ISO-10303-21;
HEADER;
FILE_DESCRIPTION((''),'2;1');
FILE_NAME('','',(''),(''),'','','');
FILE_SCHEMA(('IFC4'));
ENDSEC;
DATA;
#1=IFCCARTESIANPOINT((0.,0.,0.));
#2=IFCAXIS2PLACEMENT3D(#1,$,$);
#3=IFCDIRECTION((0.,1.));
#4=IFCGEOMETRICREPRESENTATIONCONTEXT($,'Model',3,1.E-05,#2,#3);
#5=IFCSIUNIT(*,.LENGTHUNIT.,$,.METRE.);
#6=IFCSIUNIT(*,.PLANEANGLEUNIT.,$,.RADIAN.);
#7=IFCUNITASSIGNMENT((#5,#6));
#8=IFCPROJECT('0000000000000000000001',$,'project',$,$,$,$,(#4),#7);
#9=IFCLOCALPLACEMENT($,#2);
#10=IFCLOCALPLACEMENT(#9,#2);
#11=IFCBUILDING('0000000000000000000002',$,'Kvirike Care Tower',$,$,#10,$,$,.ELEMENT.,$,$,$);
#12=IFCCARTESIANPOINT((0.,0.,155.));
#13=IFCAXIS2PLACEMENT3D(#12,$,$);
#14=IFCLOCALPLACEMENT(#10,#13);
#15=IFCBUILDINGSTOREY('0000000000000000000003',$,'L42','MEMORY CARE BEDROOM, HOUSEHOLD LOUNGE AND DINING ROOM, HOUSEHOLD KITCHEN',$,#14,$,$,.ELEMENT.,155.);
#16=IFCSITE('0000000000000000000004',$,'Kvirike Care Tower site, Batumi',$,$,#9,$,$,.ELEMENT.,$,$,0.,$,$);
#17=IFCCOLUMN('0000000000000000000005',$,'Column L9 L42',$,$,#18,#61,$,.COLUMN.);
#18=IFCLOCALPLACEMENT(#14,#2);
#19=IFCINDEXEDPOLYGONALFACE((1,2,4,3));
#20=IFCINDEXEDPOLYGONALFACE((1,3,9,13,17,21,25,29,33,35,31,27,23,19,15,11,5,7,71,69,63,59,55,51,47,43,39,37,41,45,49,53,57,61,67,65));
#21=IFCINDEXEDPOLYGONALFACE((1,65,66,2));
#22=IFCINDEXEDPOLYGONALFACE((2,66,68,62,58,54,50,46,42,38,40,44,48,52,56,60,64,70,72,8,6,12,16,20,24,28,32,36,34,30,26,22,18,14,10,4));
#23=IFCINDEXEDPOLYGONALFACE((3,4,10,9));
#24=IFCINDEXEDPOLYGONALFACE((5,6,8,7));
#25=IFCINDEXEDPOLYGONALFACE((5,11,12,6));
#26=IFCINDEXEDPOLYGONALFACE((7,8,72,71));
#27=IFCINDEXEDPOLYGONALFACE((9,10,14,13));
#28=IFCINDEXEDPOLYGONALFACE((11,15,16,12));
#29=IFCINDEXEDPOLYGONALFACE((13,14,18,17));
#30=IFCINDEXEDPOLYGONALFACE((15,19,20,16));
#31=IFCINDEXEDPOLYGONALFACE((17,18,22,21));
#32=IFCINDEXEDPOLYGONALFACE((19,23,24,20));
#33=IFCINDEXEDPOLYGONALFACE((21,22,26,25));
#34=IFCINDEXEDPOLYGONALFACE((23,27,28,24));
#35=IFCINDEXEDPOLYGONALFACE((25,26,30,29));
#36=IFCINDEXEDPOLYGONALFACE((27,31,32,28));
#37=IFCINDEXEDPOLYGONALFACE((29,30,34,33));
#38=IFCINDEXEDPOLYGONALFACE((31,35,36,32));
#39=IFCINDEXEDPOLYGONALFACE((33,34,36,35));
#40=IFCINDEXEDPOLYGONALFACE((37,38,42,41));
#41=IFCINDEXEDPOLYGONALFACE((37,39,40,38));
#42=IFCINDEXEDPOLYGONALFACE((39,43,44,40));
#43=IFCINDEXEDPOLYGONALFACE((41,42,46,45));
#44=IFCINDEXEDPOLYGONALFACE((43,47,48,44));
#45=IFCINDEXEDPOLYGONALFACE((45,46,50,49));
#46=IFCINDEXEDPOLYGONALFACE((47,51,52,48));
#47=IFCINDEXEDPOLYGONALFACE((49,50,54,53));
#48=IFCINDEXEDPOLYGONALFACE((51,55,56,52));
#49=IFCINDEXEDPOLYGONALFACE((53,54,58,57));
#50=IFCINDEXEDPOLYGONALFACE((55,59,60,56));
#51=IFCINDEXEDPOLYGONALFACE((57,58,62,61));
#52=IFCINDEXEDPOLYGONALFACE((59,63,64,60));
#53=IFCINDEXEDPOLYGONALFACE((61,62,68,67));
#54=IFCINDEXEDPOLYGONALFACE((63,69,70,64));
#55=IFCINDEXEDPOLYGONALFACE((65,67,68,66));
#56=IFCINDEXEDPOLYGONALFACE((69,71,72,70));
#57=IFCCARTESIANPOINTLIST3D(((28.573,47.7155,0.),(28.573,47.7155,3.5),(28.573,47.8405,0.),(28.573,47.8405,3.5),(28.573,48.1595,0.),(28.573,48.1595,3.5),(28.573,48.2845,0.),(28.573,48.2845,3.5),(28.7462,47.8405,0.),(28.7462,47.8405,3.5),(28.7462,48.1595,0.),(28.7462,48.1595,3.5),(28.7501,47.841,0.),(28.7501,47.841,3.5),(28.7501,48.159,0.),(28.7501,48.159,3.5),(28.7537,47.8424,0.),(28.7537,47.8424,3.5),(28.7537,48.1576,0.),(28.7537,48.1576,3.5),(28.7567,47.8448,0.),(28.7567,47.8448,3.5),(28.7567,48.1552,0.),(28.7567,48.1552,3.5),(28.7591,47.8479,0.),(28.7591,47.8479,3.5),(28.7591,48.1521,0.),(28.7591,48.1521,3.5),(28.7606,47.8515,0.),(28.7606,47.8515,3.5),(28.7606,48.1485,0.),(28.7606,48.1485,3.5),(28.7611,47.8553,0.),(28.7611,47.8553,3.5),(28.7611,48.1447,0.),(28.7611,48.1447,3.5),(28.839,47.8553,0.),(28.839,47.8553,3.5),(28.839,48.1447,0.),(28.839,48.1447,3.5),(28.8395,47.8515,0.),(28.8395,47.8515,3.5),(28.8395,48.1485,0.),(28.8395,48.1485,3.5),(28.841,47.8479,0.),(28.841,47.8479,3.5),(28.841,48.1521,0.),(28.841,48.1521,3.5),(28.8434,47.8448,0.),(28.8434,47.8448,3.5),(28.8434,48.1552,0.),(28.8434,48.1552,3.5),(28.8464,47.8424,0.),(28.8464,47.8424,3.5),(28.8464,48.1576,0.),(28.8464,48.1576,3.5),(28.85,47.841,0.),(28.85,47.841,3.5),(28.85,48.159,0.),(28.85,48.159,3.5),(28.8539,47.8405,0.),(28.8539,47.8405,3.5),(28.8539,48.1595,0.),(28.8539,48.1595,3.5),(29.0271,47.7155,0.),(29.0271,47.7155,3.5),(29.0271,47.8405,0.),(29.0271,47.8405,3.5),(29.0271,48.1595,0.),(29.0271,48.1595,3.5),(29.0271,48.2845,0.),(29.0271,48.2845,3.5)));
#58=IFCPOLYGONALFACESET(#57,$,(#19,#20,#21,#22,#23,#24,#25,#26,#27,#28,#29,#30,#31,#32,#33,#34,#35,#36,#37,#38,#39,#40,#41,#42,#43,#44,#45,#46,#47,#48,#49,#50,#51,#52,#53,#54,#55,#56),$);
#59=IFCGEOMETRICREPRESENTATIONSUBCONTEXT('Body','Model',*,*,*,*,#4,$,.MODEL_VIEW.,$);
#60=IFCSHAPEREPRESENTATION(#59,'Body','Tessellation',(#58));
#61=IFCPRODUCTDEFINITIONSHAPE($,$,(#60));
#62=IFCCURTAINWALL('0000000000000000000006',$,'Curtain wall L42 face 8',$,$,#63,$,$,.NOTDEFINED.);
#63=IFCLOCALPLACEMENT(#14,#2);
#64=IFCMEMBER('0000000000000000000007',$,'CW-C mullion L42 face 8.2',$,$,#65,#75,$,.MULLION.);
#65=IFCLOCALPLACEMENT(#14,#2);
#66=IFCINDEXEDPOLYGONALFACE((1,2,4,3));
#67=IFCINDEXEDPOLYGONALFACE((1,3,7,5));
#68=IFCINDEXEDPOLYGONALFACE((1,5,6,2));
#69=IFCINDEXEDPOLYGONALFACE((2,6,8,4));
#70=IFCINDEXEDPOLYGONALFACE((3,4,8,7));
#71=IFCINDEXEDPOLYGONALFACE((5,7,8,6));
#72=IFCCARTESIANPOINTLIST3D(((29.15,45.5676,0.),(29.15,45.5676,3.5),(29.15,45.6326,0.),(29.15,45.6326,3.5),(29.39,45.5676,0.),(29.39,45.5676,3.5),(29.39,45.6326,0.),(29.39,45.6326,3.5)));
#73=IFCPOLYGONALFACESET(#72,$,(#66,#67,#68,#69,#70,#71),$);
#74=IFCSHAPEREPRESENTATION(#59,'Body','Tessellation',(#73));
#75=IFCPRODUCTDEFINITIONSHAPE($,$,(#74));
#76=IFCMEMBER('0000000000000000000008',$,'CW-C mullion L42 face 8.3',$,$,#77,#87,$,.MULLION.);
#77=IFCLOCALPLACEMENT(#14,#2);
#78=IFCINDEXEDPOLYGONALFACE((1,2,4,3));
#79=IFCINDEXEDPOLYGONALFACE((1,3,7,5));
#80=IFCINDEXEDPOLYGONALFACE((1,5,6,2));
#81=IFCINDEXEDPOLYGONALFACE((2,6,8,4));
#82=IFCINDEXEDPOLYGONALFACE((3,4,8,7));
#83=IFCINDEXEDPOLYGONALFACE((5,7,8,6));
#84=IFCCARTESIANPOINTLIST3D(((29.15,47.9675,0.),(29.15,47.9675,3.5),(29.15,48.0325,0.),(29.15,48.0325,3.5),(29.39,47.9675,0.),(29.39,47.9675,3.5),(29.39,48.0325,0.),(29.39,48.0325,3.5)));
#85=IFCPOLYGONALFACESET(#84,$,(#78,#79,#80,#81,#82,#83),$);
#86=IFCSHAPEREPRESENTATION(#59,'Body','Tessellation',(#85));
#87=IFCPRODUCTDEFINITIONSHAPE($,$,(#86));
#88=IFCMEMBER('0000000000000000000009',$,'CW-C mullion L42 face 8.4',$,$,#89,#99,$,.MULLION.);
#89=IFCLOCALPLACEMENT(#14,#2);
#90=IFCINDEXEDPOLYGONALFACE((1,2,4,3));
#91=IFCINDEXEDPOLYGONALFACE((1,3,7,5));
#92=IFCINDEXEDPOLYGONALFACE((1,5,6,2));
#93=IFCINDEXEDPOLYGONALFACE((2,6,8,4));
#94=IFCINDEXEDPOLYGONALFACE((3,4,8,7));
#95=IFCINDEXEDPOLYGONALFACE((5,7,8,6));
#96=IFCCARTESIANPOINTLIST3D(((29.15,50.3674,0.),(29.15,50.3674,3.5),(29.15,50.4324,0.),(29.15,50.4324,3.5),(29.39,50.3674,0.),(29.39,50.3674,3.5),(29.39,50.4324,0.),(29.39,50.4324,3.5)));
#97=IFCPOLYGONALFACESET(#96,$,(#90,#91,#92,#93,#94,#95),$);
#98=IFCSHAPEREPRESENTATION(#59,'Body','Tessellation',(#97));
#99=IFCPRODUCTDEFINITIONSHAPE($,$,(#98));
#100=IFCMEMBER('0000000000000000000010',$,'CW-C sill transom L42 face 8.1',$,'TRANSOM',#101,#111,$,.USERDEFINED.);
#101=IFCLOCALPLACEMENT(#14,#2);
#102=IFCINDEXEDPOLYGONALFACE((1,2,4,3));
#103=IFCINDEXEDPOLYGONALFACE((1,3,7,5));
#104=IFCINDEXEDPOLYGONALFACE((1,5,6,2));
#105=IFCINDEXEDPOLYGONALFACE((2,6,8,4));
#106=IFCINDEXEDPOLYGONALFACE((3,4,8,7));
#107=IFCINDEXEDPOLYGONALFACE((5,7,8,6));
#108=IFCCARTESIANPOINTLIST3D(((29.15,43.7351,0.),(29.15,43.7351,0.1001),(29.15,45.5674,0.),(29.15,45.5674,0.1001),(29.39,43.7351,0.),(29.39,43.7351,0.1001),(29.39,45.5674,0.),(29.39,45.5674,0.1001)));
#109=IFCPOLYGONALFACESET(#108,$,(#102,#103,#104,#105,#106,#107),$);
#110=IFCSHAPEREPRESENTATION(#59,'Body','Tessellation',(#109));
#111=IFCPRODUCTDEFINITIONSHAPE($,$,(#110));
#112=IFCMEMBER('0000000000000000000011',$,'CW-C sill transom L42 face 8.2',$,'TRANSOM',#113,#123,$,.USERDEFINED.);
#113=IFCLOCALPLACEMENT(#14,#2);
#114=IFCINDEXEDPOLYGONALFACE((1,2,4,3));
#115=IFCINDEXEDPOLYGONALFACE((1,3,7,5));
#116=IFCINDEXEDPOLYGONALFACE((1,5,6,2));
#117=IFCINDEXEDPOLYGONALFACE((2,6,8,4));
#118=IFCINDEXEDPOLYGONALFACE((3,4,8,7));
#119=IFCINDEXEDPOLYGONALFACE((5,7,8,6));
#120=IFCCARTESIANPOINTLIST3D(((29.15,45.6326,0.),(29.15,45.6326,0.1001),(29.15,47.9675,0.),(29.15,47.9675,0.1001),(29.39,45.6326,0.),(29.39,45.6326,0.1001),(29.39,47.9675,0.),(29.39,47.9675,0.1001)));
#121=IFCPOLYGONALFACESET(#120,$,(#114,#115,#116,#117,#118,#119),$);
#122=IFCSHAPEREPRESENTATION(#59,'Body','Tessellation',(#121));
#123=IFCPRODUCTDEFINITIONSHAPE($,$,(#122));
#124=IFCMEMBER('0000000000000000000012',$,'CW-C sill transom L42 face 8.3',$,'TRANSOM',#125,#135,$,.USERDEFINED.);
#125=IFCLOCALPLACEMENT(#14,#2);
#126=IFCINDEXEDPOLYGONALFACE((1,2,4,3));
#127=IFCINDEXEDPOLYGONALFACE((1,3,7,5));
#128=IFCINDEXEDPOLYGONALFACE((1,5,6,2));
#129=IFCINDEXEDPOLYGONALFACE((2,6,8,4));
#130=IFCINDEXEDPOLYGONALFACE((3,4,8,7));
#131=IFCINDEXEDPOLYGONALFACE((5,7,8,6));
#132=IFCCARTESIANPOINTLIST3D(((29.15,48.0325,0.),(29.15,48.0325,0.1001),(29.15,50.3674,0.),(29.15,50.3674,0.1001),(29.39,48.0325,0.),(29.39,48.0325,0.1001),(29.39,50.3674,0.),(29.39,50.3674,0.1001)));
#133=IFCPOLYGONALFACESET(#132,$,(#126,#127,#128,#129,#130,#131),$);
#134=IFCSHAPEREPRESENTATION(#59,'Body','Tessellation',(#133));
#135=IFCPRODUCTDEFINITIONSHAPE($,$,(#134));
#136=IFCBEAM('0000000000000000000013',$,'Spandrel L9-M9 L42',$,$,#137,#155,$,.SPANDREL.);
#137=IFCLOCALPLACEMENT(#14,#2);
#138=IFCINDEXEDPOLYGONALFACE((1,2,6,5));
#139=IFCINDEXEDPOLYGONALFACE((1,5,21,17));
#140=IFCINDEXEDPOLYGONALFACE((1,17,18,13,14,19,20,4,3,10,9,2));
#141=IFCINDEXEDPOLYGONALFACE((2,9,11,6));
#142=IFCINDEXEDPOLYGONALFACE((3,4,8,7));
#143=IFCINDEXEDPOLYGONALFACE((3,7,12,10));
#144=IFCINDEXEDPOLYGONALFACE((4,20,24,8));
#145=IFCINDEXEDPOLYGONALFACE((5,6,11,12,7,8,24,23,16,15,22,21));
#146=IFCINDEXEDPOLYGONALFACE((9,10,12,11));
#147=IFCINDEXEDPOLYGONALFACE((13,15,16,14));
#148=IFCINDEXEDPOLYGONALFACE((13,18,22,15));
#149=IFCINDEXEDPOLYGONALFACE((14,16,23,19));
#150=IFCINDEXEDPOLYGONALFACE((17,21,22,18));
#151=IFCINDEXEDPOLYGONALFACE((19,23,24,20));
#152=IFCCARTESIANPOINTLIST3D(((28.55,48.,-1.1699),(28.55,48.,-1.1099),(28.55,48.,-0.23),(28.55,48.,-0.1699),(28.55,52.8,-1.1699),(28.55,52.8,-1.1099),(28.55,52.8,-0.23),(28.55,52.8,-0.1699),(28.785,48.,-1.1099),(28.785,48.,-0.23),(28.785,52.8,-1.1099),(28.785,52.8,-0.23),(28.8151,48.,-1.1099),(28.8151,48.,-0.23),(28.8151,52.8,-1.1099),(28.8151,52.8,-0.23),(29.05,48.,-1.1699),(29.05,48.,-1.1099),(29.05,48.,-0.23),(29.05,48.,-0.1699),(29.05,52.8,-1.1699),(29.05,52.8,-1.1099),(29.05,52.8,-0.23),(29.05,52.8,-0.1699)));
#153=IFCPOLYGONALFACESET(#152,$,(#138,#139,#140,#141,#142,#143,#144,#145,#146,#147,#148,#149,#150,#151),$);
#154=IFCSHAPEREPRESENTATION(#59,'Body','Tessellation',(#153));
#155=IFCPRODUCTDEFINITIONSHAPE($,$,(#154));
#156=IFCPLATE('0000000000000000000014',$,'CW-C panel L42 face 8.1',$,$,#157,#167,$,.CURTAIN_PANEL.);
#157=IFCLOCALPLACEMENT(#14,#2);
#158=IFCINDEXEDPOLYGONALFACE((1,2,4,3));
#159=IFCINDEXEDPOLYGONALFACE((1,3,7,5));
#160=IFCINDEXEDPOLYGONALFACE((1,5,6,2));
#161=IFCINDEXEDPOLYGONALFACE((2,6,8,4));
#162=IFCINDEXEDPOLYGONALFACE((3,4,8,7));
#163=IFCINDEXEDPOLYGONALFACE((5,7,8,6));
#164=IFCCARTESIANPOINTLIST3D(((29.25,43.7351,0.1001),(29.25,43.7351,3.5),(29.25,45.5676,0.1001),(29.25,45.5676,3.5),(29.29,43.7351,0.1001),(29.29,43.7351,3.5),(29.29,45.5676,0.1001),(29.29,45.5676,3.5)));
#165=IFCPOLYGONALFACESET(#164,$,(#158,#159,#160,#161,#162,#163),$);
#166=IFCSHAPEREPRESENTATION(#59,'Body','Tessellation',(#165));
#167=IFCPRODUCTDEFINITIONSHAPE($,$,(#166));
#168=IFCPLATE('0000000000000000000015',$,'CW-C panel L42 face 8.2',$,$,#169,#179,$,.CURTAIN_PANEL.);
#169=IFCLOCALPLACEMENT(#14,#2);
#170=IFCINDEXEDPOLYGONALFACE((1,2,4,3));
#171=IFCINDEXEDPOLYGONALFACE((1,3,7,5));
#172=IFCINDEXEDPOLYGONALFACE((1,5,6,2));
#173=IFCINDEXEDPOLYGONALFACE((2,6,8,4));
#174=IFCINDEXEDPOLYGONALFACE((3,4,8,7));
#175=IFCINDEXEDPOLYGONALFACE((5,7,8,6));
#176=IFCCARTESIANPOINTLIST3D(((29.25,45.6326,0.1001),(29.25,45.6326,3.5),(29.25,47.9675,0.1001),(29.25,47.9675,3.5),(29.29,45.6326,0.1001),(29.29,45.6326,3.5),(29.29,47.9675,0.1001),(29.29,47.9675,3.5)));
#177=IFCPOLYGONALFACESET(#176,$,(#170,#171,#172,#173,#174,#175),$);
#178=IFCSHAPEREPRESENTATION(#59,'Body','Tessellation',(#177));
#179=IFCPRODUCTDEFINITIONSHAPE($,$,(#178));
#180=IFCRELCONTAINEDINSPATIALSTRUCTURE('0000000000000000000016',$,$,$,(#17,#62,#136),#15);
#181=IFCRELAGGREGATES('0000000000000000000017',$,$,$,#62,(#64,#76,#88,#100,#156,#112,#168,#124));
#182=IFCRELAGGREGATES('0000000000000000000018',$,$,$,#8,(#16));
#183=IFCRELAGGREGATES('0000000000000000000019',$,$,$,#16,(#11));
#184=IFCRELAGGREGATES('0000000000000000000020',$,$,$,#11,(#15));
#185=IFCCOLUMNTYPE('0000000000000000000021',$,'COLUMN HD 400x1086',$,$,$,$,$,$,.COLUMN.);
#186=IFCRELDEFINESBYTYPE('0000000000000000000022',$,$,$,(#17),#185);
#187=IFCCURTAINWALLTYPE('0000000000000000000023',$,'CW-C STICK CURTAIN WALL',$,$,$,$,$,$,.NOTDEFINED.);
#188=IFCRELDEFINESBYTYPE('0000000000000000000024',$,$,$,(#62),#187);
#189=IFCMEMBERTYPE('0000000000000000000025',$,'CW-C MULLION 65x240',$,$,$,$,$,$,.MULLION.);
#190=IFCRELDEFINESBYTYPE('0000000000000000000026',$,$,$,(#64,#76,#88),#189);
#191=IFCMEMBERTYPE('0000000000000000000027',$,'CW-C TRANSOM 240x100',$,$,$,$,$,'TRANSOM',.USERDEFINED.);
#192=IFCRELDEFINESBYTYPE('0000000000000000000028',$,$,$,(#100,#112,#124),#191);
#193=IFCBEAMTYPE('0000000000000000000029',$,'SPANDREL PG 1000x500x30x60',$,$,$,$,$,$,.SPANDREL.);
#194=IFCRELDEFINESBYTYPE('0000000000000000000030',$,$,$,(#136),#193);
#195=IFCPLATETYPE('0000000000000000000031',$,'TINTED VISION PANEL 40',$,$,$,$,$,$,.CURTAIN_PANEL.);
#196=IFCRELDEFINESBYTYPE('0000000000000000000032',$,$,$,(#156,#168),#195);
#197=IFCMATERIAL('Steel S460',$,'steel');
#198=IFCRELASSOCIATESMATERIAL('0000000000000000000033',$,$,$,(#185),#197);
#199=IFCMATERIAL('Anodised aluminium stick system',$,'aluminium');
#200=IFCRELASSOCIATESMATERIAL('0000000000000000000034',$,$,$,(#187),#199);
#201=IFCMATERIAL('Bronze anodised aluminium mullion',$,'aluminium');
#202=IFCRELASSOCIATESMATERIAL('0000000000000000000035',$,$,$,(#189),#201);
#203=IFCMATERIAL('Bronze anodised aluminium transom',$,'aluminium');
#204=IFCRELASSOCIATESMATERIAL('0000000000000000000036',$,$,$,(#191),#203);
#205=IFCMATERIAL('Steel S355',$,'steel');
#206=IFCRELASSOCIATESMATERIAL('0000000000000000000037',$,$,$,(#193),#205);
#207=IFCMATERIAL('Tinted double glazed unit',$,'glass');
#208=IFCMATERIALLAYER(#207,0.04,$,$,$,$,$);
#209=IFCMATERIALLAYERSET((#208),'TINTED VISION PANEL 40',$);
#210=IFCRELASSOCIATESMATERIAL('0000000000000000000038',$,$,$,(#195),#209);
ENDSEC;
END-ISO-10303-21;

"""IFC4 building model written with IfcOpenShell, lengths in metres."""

from ifc_helpers import new_model, si_unit, direction, frame, origin, origin_2d, place, context, subcontext, project, spatial, rectangle, i_section, extrude, material, layer, layer_set, material_profile, profile_set, type_object, element, aggregate, save


model = new_model("IFC4")

# Units and contexts
model_context = context("Model", 3, precision=1e-05, world=origin(), true_north=direction((0.0, 1.0)))
body_context = subcontext(model_context, "Body", "Model", "MODEL_VIEW")
ifc_project = project(units=[si_unit("LENGTHUNIT", "METRE"), si_unit("PLANEANGLEUNIT", "RADIAN")], contexts=[model_context])

# Site, building, storey
site_placement = place(None, origin())
site = spatial("IfcSite", under=ifc_project, at=site_placement, Name="Kvirike Care Tower site, Batumi", CompositionType="ELEMENT", RefElevation=0.0)
building_placement = place(site_placement, origin())
building = spatial("IfcBuilding", under=site, at=building_placement, Name="Kvirike Care Tower", CompositionType="ELEMENT")
storey_placement = place(building_placement, frame((0.0, 0.0, 155.0)))
storey = spatial("IfcBuildingStorey", under=building, at=storey_placement, Name="L42", Description="MEMORY CARE BEDROOM, HOUSEHOLD LOUNGE AND DINING ROOM, HOUSEHOLD KITCHEN", CompositionType="ELEMENT", Elevation=155.0)

# Column
ifc_material_1 = material(Name="Steel S460", Category="steel")
ifc_material_profile_1 = material_profile(ifc_material_1, i_section(OverallWidth=0.4541, OverallDepth=0.5691, WebThickness=0.0779, FlangeThickness=0.125, FilletRadius=0.0149, at=origin_2d()), Name="HD 400x1086")
ifc_profile_set_1 = profile_set([ifc_material_profile_1], Name="Steel S460")
column_type = type_object("IfcColumnType", Name="COLUMN HD 400x1086", PredefinedType="COLUMN", material=ifc_profile_set_1)
column_placement = place(storey_placement, frame((28.8, 48.0, 0.0), z_axis=(0.0, 0.0, 1.0), x_axis=(1.0, 0.0, 0.0)))
element("IfcColumn", 1, at=column_placement, inside=storey, type_object=column_type, Name="Column L9 L42", PredefinedType="COLUMN", context=body_context, shape_type="SweptSolid", body=[
    extrude(i_section(OverallWidth=0.4541, OverallDepth=0.5691, WebThickness=0.0779, FlangeThickness=0.125, FilletRadius=0.0149, at=origin_2d()), origin(), (0.0, 0.0, 1.0), 3.5),
])

# Curtain wall, members
ifc_material_2 = material(Name="Anodised aluminium stick system", Category="aluminium")
curtain_wall_type = type_object("IfcCurtainWallType", Name="CW-C STICK CURTAIN WALL", PredefinedType="NOTDEFINED", material=ifc_material_2)
curtain_wall_placement = place(storey_placement, origin())
curtain_wall = element("IfcCurtainWall", 2, at=curtain_wall_placement, inside=storey, type_object=curtain_wall_type, Name="Curtain wall L42 face 8", PredefinedType="NOTDEFINED")
ifc_material_3 = material(Name="Bronze anodised aluminium mullion", Category="aluminium")
ifc_material_profile_2 = material_profile(ifc_material_3, rectangle(XDim=0.0649, YDim=0.24, at=origin_2d()), Name="CW-C MULLION 65x240")
ifc_profile_set_2 = profile_set([ifc_material_profile_2], Name="Bronze anodised aluminium mullion")
member_type_1 = type_object("IfcMemberType", Name="CW-C MULLION 65x240", PredefinedType="MULLION", material=ifc_profile_set_2)
member_1_placement = place(storey_placement, frame((29.27, 45.6001, 0.0), z_axis=(0.0, 0.0, 1.0), x_axis=(0.0, 1.0, 0.0)))
member_1 = element("IfcMember", 3, at=member_1_placement, type_object=member_type_1, Name="CW-C mullion L42 face 8.2", PredefinedType="MULLION", context=body_context, shape_type="SweptSolid", body=[
    extrude(rectangle(XDim=0.0649, YDim=0.24, at=origin_2d()), origin(), (0.0, 0.0, 1.0), 3.5),
])
member_2_placement = place(storey_placement, frame((29.27, 48.0, 0.0), z_axis=(0.0, 0.0, 1.0), x_axis=(0.0, 1.0, 0.0)))
member_2 = element("IfcMember", 4, at=member_2_placement, type_object=member_type_1, Name="CW-C mullion L42 face 8.3", PredefinedType="MULLION", context=body_context, shape_type="SweptSolid", body=[
    extrude(rectangle(XDim=0.0649, YDim=0.24, at=origin_2d()), origin(), (0.0, 0.0, 1.0), 3.5),
])
member_3_placement = place(storey_placement, frame((29.27, 50.3999, 0.0), z_axis=(0.0, 0.0, 1.0), x_axis=(0.0, 1.0, 0.0)))
member_3 = element("IfcMember", 5, at=member_3_placement, type_object=member_type_1, Name="CW-C mullion L42 face 8.4", PredefinedType="MULLION", context=body_context, shape_type="SweptSolid", body=[
    extrude(rectangle(XDim=0.0649, YDim=0.24, at=origin_2d()), origin(), (0.0, 0.0, 1.0), 3.5),
])
ifc_material_4 = material(Name="Bronze anodised aluminium transom", Category="aluminium")
ifc_material_profile_3 = material_profile(ifc_material_4, rectangle(XDim=0.24, YDim=0.1001, at=origin_2d()), Name="CW-C TRANSOM 240x100")
ifc_profile_set_3 = profile_set([ifc_material_profile_3], Name="Bronze anodised aluminium transom")
member_type_2 = type_object("IfcMemberType", Name="CW-C TRANSOM 240x100", ElementType="TRANSOM", PredefinedType="USERDEFINED", material=ifc_profile_set_3)
member_4_placement = place(storey_placement, frame((29.27, 43.7351, 0.05), z_axis=(0.0, 1.0, 0.0), x_axis=(-1.0, 0.0, 0.0)))
member_4 = element("IfcMember", 6, at=member_4_placement, type_object=member_type_2, Name="CW-C sill transom L42 face 8.1", ObjectType="TRANSOM", PredefinedType="USERDEFINED", context=body_context, shape_type="SweptSolid", body=[
    extrude(rectangle(XDim=0.24, YDim=0.1001, at=origin_2d()), origin(), (0.0, 0.0, 1.0), 1.8323),
])
member_5_placement = place(storey_placement, frame((29.27, 45.6326, 0.05), z_axis=(0.0, 1.0, 0.0), x_axis=(-1.0, 0.0, 0.0)))
member_5 = element("IfcMember", 7, at=member_5_placement, type_object=member_type_2, Name="CW-C sill transom L42 face 8.2", ObjectType="TRANSOM", PredefinedType="USERDEFINED", context=body_context, shape_type="SweptSolid", body=[
    extrude(rectangle(XDim=0.24, YDim=0.1001, at=origin_2d()), origin(), (0.0, 0.0, 1.0), 2.335),
])
member_6_placement = place(storey_placement, frame((29.27, 48.0325, 0.05), z_axis=(0.0, 1.0, 0.0), x_axis=(-1.0, 0.0, 0.0)))
member_6 = element("IfcMember", 8, at=member_6_placement, type_object=member_type_2, Name="CW-C sill transom L42 face 8.3", ObjectType="TRANSOM", PredefinedType="USERDEFINED", context=body_context, shape_type="SweptSolid", body=[
    extrude(rectangle(XDim=0.24, YDim=0.1001, at=origin_2d()), origin(), (0.0, 0.0, 1.0), 2.335),
])

# Beam
ifc_material_5 = material(Name="Steel S355", Category="steel")
ifc_material_profile_4 = material_profile(ifc_material_5, i_section(OverallWidth=0.5, OverallDepth=1.0, WebThickness=0.03, FlangeThickness=0.0601, at=origin_2d()), Name="PG 1000x500x30x60")
ifc_profile_set_4 = profile_set([ifc_material_profile_4], Name="Steel S355")
beam_type = type_object("IfcBeamType", Name="SPANDREL PG 1000x500x30x60", PredefinedType="SPANDREL", material=ifc_profile_set_4)
beam_placement = place(storey_placement, frame((28.8, 48.0, -0.6699), z_axis=(0.0, 1.0, 0.0), x_axis=(-1.0, 0.0, 0.0)))
element("IfcBeam", 9, at=beam_placement, inside=storey, type_object=beam_type, Name="Spandrel L9-M9 L42", PredefinedType="SPANDREL", context=body_context, shape_type="SweptSolid", body=[
    extrude(i_section(OverallWidth=0.5, OverallDepth=1.0, WebThickness=0.03, FlangeThickness=0.0601, at=origin_2d()), origin(), (0.0, 0.0, 1.0), 4.8),
])

# Plates
ifc_material_6 = material(Name="Tinted double glazed unit", Category="glass")
ifc_layer_1 = layer(ifc_material_6, 0.04)
ifc_layer_set_1 = layer_set([ifc_layer_1], Name="TINTED VISION PANEL 40")
plate_type = type_object("IfcPlateType", Name="TINTED VISION PANEL 40", PredefinedType="CURTAIN_PANEL", material=ifc_layer_set_1)
plate_1_placement = place(storey_placement, frame((29.27, 44.6514, 0.1001), z_axis=(0.0, 0.0, 1.0), x_axis=(0.0, 1.0, 0.0)))
plate_1 = element("IfcPlate", 10, at=plate_1_placement, type_object=plate_type, Name="CW-C panel L42 face 8.1", PredefinedType="CURTAIN_PANEL", context=body_context, shape_type="SweptSolid", body=[
    extrude(rectangle(XDim=1.8325, YDim=0.04, at=origin_2d()), origin(), (0.0, 0.0, 1.0), 3.3999),
])
plate_2_placement = place(storey_placement, frame((29.27, 46.8, 0.1001), z_axis=(0.0, 0.0, 1.0), x_axis=(0.0, 1.0, 0.0)))
plate_2 = element("IfcPlate", 11, at=plate_2_placement, type_object=plate_type, Name="CW-C panel L42 face 8.2", PredefinedType="CURTAIN_PANEL", context=body_context, shape_type="SweptSolid", body=[
    extrude(rectangle(XDim=2.335, YDim=0.04, at=origin_2d()), origin(), (0.0, 0.0, 1.0), 3.3999),
])
aggregate(curtain_wall, [member_1, member_2, member_3, member_4, plate_1, member_5, plate_2, member_6])

save(model, "model.ifc")
